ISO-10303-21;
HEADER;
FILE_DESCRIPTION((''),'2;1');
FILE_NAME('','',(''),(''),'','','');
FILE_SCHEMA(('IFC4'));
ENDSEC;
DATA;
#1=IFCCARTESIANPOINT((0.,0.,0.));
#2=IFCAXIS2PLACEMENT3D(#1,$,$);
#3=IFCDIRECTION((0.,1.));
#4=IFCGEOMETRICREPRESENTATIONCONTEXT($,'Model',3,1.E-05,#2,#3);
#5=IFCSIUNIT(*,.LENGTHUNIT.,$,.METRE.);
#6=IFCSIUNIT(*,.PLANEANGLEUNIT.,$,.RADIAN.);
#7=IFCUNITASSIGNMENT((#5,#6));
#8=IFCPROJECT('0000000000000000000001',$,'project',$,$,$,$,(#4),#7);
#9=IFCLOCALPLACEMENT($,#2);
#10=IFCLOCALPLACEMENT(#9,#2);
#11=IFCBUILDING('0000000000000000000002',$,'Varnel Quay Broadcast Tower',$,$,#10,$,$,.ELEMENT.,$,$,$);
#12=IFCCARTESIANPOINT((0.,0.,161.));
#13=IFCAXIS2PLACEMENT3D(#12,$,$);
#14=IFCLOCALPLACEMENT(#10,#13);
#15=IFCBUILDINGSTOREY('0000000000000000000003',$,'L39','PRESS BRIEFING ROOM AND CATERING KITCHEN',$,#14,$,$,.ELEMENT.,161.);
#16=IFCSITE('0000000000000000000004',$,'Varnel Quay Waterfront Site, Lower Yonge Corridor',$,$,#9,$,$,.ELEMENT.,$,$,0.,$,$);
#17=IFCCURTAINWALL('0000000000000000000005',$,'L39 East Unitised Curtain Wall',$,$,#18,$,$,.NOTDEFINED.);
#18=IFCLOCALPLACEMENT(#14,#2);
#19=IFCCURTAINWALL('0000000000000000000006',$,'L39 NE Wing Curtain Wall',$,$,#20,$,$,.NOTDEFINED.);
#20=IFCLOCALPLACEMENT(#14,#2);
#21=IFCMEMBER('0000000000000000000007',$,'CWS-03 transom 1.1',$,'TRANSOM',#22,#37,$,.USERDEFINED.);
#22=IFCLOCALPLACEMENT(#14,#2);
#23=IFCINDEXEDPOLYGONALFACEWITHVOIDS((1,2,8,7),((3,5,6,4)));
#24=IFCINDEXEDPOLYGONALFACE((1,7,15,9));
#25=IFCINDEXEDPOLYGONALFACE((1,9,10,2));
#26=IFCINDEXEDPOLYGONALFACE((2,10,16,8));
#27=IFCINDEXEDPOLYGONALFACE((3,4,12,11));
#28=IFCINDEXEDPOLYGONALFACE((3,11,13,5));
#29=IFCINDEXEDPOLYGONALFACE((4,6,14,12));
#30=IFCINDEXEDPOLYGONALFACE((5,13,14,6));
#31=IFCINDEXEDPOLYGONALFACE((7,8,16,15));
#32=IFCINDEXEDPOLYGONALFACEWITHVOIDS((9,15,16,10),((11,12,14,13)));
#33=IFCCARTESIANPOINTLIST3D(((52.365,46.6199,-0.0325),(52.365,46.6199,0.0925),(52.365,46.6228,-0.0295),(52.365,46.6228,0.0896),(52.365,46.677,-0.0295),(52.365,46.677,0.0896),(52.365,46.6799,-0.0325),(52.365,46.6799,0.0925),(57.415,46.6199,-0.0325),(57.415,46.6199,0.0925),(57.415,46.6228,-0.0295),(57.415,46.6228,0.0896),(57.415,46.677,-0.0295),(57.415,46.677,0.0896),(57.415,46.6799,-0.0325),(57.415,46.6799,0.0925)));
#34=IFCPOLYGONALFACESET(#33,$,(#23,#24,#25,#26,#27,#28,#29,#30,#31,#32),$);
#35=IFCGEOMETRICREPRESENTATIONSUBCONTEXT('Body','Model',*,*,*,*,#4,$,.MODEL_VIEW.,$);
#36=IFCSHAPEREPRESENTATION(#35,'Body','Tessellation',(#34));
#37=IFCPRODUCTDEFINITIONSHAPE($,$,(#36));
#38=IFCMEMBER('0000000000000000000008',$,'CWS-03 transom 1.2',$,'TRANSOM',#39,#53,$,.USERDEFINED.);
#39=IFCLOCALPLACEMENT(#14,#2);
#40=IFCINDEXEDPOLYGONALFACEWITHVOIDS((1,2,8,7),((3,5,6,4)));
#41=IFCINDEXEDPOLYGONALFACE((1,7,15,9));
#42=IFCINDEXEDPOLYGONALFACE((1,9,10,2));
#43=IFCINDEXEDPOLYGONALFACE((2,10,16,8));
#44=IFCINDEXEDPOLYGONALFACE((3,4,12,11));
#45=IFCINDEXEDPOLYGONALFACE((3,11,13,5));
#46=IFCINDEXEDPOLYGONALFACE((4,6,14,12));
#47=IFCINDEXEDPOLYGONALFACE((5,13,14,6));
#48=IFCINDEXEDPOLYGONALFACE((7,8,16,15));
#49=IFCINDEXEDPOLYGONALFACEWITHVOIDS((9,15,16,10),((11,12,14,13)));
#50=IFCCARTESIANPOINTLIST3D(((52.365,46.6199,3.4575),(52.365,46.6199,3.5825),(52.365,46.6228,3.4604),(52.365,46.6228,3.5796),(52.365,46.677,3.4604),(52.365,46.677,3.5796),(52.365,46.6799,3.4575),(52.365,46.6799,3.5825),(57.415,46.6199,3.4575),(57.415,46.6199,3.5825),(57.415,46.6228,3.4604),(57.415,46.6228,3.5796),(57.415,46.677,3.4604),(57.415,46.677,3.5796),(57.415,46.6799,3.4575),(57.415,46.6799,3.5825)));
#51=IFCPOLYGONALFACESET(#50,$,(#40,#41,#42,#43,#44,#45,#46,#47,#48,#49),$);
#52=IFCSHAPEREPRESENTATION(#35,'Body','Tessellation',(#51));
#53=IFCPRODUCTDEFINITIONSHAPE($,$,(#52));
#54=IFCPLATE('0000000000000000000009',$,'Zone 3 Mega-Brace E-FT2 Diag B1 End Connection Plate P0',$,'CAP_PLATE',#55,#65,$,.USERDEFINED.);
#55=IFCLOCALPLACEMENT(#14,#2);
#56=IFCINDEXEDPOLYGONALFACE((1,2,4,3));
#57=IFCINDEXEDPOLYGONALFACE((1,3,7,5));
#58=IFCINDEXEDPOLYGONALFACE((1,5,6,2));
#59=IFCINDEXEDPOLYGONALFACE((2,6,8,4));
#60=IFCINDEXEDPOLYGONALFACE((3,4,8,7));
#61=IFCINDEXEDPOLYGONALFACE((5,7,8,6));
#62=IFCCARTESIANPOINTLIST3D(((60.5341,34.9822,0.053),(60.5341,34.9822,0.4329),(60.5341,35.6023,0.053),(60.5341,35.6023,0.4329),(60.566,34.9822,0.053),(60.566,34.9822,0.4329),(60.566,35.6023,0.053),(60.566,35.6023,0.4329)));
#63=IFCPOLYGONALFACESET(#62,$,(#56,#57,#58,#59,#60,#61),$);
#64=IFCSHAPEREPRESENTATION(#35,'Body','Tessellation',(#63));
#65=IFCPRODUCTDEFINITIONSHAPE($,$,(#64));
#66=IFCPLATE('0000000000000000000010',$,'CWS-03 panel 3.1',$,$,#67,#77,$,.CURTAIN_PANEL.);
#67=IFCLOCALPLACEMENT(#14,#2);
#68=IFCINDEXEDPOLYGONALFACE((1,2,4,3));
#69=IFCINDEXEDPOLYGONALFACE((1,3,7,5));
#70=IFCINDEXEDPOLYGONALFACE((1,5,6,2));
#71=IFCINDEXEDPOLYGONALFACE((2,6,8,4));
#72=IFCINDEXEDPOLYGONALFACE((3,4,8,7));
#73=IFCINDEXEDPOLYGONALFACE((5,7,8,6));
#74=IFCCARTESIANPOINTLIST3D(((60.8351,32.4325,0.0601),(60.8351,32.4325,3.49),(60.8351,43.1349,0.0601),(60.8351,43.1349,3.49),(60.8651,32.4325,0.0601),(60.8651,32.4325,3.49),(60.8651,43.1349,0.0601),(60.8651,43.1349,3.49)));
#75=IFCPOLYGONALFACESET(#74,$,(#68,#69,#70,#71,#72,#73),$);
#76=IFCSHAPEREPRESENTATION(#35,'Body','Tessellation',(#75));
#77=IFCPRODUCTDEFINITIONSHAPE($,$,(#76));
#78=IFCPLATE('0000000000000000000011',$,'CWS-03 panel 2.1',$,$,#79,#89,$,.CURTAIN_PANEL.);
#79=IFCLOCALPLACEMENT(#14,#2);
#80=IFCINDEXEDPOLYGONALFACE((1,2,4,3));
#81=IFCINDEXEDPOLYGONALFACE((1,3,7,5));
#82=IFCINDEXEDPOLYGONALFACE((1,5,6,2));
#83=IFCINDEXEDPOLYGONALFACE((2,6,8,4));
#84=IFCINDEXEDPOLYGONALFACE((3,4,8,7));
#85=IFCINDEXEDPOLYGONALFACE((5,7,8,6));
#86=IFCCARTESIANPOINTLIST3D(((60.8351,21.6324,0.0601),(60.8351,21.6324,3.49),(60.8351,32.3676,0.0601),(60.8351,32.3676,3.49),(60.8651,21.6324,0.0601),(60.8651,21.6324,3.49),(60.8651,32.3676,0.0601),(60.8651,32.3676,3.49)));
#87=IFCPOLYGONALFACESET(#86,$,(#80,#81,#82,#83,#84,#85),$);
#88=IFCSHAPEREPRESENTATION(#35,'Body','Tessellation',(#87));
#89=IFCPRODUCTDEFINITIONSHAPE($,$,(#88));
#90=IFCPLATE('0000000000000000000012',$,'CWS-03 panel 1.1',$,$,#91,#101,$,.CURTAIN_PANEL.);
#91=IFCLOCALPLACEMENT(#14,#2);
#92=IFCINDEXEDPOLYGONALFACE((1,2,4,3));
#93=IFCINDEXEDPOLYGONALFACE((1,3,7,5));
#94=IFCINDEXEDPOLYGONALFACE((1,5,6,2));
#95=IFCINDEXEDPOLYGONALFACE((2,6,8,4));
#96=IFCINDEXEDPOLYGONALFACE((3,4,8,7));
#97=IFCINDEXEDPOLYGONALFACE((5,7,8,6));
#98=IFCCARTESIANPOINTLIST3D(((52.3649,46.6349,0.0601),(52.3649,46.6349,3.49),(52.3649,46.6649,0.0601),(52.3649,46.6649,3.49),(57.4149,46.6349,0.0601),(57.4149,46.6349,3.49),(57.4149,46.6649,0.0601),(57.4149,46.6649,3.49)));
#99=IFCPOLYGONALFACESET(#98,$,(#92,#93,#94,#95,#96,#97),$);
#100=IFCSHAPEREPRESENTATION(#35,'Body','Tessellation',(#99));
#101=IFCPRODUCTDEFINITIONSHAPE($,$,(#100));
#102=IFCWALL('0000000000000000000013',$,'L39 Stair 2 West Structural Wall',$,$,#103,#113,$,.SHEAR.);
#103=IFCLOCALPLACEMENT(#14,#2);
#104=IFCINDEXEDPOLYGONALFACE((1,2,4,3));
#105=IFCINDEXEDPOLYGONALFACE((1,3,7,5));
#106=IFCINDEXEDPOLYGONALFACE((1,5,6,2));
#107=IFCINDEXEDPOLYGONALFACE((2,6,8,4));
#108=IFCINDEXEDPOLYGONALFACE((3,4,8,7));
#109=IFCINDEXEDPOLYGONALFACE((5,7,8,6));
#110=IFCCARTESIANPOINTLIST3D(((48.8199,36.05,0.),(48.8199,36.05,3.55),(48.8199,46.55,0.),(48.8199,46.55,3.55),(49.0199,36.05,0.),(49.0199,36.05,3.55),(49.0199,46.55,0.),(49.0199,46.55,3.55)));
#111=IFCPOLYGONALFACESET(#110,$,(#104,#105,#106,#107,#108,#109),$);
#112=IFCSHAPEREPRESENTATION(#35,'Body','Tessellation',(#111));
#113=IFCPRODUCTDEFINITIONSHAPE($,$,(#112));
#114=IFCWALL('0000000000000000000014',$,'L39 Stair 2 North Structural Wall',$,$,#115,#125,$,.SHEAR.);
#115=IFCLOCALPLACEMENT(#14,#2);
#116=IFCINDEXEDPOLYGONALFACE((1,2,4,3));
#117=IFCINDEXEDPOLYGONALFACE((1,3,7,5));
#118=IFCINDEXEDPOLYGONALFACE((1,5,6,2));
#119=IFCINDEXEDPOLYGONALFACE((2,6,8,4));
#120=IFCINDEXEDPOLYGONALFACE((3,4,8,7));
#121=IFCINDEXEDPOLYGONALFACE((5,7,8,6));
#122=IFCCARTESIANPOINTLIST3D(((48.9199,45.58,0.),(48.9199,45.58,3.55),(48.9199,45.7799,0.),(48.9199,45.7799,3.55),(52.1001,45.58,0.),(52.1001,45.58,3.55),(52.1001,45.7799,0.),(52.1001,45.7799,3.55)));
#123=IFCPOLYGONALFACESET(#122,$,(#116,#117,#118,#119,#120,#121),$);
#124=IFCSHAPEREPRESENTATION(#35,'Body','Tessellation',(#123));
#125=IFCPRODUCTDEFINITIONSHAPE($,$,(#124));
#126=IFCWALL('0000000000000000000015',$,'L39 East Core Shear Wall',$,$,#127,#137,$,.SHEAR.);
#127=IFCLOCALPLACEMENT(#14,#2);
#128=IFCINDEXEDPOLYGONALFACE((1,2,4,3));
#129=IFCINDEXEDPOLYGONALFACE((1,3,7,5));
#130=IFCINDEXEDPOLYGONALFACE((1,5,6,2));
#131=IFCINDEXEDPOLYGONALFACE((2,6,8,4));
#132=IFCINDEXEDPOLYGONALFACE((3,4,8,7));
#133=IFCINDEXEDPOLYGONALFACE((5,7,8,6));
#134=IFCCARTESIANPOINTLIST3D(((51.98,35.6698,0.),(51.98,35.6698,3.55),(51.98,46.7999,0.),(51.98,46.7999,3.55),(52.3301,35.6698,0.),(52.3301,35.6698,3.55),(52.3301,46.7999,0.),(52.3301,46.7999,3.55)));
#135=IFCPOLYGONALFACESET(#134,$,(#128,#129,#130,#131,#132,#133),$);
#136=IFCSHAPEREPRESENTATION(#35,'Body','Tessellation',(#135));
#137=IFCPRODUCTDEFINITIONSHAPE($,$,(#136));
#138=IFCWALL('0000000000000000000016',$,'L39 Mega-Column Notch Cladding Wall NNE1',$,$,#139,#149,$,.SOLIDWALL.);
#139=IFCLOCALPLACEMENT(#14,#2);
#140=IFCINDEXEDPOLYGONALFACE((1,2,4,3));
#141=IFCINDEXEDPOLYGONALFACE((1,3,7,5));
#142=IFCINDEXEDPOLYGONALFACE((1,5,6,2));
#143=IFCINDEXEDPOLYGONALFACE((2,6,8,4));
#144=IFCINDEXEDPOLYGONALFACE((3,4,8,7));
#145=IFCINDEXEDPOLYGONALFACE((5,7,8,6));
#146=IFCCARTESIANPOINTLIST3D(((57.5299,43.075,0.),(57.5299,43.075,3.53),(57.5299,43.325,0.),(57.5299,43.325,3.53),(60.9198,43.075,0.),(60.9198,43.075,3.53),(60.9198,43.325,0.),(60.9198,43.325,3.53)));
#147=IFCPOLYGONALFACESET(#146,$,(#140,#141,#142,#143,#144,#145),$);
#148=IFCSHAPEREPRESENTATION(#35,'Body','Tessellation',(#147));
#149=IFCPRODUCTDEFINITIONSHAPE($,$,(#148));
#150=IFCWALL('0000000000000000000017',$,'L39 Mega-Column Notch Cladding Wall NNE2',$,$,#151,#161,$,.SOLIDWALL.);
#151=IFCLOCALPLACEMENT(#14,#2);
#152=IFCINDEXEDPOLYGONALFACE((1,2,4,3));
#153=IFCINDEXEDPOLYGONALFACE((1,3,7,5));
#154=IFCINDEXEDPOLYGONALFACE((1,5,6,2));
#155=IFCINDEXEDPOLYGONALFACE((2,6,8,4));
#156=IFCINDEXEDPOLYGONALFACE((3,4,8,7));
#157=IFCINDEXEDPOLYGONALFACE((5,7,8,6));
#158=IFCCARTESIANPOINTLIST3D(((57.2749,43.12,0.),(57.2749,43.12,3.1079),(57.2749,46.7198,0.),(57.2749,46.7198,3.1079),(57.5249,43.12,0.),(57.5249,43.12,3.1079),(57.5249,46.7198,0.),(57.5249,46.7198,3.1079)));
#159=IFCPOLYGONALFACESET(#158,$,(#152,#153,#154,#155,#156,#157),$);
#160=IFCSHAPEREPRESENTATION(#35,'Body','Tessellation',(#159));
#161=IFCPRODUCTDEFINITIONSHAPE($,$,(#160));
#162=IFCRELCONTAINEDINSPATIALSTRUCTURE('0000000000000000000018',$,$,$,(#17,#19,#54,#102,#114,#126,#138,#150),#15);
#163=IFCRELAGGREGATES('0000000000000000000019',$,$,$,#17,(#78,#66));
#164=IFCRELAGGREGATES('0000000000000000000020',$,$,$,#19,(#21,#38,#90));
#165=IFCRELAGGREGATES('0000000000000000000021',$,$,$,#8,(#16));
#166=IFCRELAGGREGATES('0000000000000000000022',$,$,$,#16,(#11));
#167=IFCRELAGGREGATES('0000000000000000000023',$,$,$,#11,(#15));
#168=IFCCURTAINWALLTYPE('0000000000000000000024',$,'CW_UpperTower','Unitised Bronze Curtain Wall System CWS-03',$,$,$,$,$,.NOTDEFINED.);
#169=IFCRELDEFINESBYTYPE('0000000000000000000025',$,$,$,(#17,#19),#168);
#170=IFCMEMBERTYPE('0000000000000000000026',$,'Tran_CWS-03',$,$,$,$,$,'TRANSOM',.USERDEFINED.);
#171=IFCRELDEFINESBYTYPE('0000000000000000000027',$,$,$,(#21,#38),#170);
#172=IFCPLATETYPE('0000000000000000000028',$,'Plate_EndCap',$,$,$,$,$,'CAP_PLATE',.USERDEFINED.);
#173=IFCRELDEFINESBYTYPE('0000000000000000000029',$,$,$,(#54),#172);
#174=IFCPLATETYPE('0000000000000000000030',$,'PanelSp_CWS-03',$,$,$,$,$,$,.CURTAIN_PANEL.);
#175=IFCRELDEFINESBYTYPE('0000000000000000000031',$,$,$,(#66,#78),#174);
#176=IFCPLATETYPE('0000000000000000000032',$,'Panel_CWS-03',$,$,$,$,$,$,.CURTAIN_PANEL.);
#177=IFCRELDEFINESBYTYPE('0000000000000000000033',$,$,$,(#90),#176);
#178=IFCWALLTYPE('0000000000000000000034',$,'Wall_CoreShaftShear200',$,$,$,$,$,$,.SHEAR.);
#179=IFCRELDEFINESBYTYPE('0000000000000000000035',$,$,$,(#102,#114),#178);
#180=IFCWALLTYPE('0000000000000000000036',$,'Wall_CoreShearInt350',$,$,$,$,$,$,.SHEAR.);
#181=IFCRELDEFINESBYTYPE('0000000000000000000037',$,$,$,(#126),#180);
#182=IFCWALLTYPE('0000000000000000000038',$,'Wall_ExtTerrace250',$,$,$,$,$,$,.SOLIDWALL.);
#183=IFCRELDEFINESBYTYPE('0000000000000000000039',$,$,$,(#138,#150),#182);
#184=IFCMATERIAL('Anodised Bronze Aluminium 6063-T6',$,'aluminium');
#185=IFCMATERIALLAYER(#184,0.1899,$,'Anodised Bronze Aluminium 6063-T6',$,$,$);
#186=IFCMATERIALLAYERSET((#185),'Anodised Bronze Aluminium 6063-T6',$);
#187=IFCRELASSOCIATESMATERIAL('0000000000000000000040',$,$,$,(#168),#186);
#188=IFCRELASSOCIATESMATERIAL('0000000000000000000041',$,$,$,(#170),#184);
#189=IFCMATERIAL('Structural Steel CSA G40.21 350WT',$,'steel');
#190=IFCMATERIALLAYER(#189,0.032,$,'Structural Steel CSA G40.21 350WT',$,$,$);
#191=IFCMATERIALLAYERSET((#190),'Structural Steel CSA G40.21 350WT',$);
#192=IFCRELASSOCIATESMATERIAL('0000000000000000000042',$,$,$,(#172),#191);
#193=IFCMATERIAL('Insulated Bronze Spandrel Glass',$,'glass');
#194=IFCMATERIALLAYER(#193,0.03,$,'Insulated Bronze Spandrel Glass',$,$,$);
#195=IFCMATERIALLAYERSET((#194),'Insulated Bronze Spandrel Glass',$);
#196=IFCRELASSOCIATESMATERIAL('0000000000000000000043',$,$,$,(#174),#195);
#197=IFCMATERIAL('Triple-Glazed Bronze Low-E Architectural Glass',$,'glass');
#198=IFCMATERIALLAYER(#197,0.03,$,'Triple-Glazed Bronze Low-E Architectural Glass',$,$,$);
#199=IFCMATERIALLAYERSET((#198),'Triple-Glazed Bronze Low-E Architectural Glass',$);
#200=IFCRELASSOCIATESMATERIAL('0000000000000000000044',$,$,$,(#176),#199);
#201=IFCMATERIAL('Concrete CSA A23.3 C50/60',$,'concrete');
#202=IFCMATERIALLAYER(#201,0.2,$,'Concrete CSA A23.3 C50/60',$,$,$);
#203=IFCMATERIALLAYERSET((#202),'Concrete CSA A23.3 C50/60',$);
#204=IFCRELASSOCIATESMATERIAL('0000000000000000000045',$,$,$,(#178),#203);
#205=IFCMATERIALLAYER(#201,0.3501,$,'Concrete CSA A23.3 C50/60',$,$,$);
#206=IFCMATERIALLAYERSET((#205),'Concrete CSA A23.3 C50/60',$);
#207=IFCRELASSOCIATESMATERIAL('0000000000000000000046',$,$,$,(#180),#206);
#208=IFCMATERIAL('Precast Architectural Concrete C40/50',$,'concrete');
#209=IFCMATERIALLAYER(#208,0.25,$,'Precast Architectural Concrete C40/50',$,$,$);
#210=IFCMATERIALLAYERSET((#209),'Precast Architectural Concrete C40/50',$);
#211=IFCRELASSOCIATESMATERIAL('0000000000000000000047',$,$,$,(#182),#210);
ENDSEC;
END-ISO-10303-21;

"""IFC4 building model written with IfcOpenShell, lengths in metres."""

from ifc_helpers import new_model, si_unit, direction, frame, frame_2d, origin, origin_2d, place, context, subcontext, project, spatial, rectangle, hollow_rectangle, extrude, source, transform, mapped, material, layer, layer_set, material_profile, profile_set, type_object, type_shapes, element, aggregate, save


model = new_model("IFC4")

# Units and contexts
model_context = context("Model", 3, precision=1e-05, world=origin(), true_north=direction((0.0, 1.0)))
body_context = subcontext(model_context, "Body", "Model", "MODEL_VIEW")
ifc_project = project(units=[si_unit("LENGTHUNIT", "METRE"), si_unit("PLANEANGLEUNIT", "RADIAN")], contexts=[model_context])

# Site, building, storey
site_placement = place(None, origin())
site = spatial("IfcSite", under=ifc_project, at=site_placement, Name="Varnel Quay Waterfront Site, Lower Yonge Corridor", CompositionType="ELEMENT", RefElevation=0.0)
building_placement = place(site_placement, origin())
building = spatial("IfcBuilding", under=site, at=building_placement, Name="Varnel Quay Broadcast Tower", CompositionType="ELEMENT")
storey_placement = place(building_placement, frame((0.0, 0.0, 161.0)))
storey = spatial("IfcBuildingStorey", under=building, at=storey_placement, Name="L39", Description="PRESS BRIEFING ROOM AND CATERING KITCHEN", CompositionType="ELEMENT", Elevation=161.0)

# Shared definitions
ifc_material_1 = material(Name="Structural Steel CSA G40.21 350WT", Category="steel")

# Curtain walls
ifc_material_2 = material(Name="Anodised Bronze Aluminium 6063-T6", Category="aluminium")
ifc_layer_1 = layer(ifc_material_2, 0.1899, Name="Anodised Bronze Aluminium 6063-T6")
ifc_layer_set_1 = layer_set([ifc_layer_1], Name="Anodised Bronze Aluminium 6063-T6")
curtain_wall_type = type_object("IfcCurtainWallType", Name="CW_UpperTower", Description="Unitised Bronze Curtain Wall System CWS-03", PredefinedType="NOTDEFINED", material=ifc_layer_set_1)
curtain_wall_1_placement = place(storey_placement, origin())
curtain_wall_1 = element("IfcCurtainWall", 1, at=curtain_wall_1_placement, inside=storey, type_object=curtain_wall_type, Name="L39 East Unitised Curtain Wall", PredefinedType="NOTDEFINED")
curtain_wall_2_placement = place(storey_placement, origin())
curtain_wall_2 = element("IfcCurtainWall", 2, at=curtain_wall_2_placement, inside=storey, type_object=curtain_wall_type, Name="L39 NE Wing Curtain Wall", PredefinedType="NOTDEFINED")

# Members
ifc_material_profile_1 = material_profile(ifc_material_2, hollow_rectangle(XDim=0.0601, YDim=0.125, WallThickness=0.0029, at=origin_2d()), Name="ALU60X125X3")
ifc_profile_set_1 = profile_set([ifc_material_profile_1], Name="Anodised Bronze Aluminium 6063-T6")
member_type_1 = type_object("IfcMemberType", Name="Tran_CWS-03", ElementType="TRANSOM", PredefinedType="USERDEFINED", material=ifc_profile_set_1)
shared_shape_1 = source(origin(), body_context, "Body", "SweptSolid", [
    extrude(hollow_rectangle(XDim=0.0601, YDim=0.125, WallThickness=0.0029, at=origin_2d()), origin(), (0.0, 0.0, 1.0), 5.05),
])
member_1_placement = place(storey_placement, frame((52.365, 46.6499, 0.03), z_axis=(1.0, 0.0, 0.0), x_axis=(0.0, 1.0, 0.0)))
member_1 = element("IfcMember", 3, at=member_1_placement, type_object=member_type_1, Name="CWS-03 transom 1.1", ObjectType="TRANSOM", PredefinedType="USERDEFINED", context=body_context, shape_type="MappedRepresentation", body=[
    mapped(shared_shape_1, transform((0.0, 0.0, 0.0), x_axis=(1.0, 0.0, 0.0), y_axis=(0.0, 1.0, 0.0), z_axis=(0.0, 0.0, 1.0), scale=1.0)),
])
member_2_placement = place(storey_placement, frame((52.365, 46.6499, 3.52), z_axis=(1.0, 0.0, 0.0), x_axis=(0.0, 1.0, 0.0)))
member_2 = element("IfcMember", 4, at=member_2_placement, type_object=member_type_1, Name="CWS-03 transom 1.2", ObjectType="TRANSOM", PredefinedType="USERDEFINED", context=body_context, shape_type="MappedRepresentation", body=[
    mapped(shared_shape_1, transform((0.0, 0.0, 0.0), x_axis=(1.0, 0.0, 0.0), y_axis=(0.0, 1.0, 0.0), z_axis=(0.0, 0.0, 1.0), scale=1.0)),
])

# Plates
ifc_layer_2 = layer(ifc_material_1, 0.032, Name="Structural Steel CSA G40.21 350WT")
ifc_layer_set_2 = layer_set([ifc_layer_2], Name="Structural Steel CSA G40.21 350WT")
plate_type_1 = type_object("IfcPlateType", Name="Plate_EndCap", ElementType="CAP_PLATE", PredefinedType="USERDEFINED", material=ifc_layer_set_2)
shared_shape_2 = source(origin(), body_context, "Body", "SweptSolid", [
    extrude(rectangle(XDim=0.6201, YDim=0.032, at=origin_2d()), origin(), (0.0, 0.0, 1.0), 0.3799),
])
type_shapes(plate_type_1, [shared_shape_2])
plate_1_placement = place(storey_placement, frame((60.55, 35.2922, 0.053), z_axis=(0.0, 0.0, 1.0), x_axis=(0.0, 1.0, 0.0)))
element("IfcPlate", 5, at=plate_1_placement, inside=storey, type_object=plate_type_1, Name="Zone 3 Mega-Brace E-FT2 Diag B1 End Connection Plate P0", ObjectType="CAP_PLATE", PredefinedType="USERDEFINED", context=body_context, shape_type="MappedRepresentation", body=[
    mapped(shared_shape_2, transform((0.0, 0.0, 0.0), x_axis=(1.0, 0.0, 0.0), y_axis=(0.0, 1.0, 0.0), z_axis=(0.0, 0.0, 1.0), scale=1.0)),
])
ifc_material_3 = material(Name="Insulated Bronze Spandrel Glass", Category="glass")
ifc_layer_3 = layer(ifc_material_3, 0.03, Name="Insulated Bronze Spandrel Glass")
ifc_layer_set_3 = layer_set([ifc_layer_3], Name="Insulated Bronze Spandrel Glass")
plate_type_2 = type_object("IfcPlateType", Name="PanelSp_CWS-03", PredefinedType="CURTAIN_PANEL", material=ifc_layer_set_3)
shared_shape_3 = source(origin(), body_context, "Body", "SweptSolid", [
    extrude(rectangle(XDim=10.7024, YDim=0.03, at=origin_2d()), origin(), (0.0, 0.0, 1.0), 3.4299),
])
plate_2_placement = place(storey_placement, frame((60.8501, 37.7837, 0.0601), z_axis=(0.0, 0.0, 1.0), x_axis=(0.0, 1.0, 0.0)))
plate_2 = element("IfcPlate", 6, at=plate_2_placement, type_object=plate_type_2, Name="CWS-03 panel 3.1", PredefinedType="CURTAIN_PANEL", context=body_context, shape_type="MappedRepresentation", body=[
    mapped(shared_shape_3, transform((0.0, 0.0, 0.0), x_axis=(1.0, 0.0, 0.0), y_axis=(0.0, 1.0, 0.0), z_axis=(0.0, 0.0, 1.0), scale=1.0)),
])
shared_shape_4 = source(origin(), body_context, "Body", "SweptSolid", [
    extrude(rectangle(XDim=10.7351, YDim=0.03, at=origin_2d()), origin(), (0.0, 0.0, 1.0), 3.4299),
])
type_shapes(plate_type_2, [shared_shape_3, shared_shape_4])
plate_3_placement = place(storey_placement, frame((60.8501, 27.0, 0.0601), z_axis=(0.0, 0.0, 1.0), x_axis=(0.0, 1.0, 0.0)))
plate_3 = element("IfcPlate", 7, at=plate_3_placement, type_object=plate_type_2, Name="CWS-03 panel 2.1", PredefinedType="CURTAIN_PANEL", context=body_context, shape_type="MappedRepresentation", body=[
    mapped(shared_shape_4, transform((0.0, 0.0, 0.0), x_axis=(1.0, 0.0, 0.0), y_axis=(0.0, 1.0, 0.0), z_axis=(0.0, 0.0, 1.0), scale=1.0)),
])
aggregate(curtain_wall_1, [plate_3, plate_2])
ifc_material_4 = material(Name="Triple-Glazed Bronze Low-E Architectural Glass", Category="glass")
ifc_layer_4 = layer(ifc_material_4, 0.03, Name="Triple-Glazed Bronze Low-E Architectural Glass")
ifc_layer_set_4 = layer_set([ifc_layer_4], Name="Triple-Glazed Bronze Low-E Architectural Glass")
plate_type_3 = type_object("IfcPlateType", Name="Panel_CWS-03", PredefinedType="CURTAIN_PANEL", material=ifc_layer_set_4)
shared_shape_5 = source(origin(), body_context, "Body", "SweptSolid", [
    extrude(rectangle(XDim=5.05, YDim=0.03, at=origin_2d()), origin(), (0.0, 0.0, 1.0), 3.4299),
])
type_shapes(plate_type_3, [shared_shape_5])
plate_4_placement = place(storey_placement, frame((54.8899, 46.6499, 0.0601), z_axis=(0.0, 0.0, 1.0), x_axis=(1.0, 0.0, 0.0)))
plate_4 = element("IfcPlate", 8, at=plate_4_placement, type_object=plate_type_3, Name="CWS-03 panel 1.1", PredefinedType="CURTAIN_PANEL", context=body_context, shape_type="MappedRepresentation", body=[
    mapped(shared_shape_5, transform((0.0, 0.0, 0.0), x_axis=(1.0, 0.0, 0.0), y_axis=(0.0, 1.0, 0.0), z_axis=(0.0, 0.0, 1.0), scale=1.0)),
])
aggregate(curtain_wall_2, [member_1, member_2, plate_4])

# Walls
ifc_material_5 = material(Name="Concrete CSA A23.3 C50/60", Category="concrete")
ifc_layer_5 = layer(ifc_material_5, 0.2, Name="Concrete CSA A23.3 C50/60")
ifc_layer_set_5 = layer_set([ifc_layer_5], Name="Concrete CSA A23.3 C50/60")
wall_type_1 = type_object("IfcWallType", Name="Wall_CoreShaftShear200", PredefinedType="SHEAR", material=ifc_layer_set_5)
wall_1_placement = place(storey_placement, frame((48.9199, 36.05, 0.0), z_axis=(0.0, 0.0, 1.0), x_axis=(0.0, 1.0, 0.0)))
element("IfcWall", 9, at=wall_1_placement, inside=storey, type_object=wall_type_1, Name="L39 Stair 2 West Structural Wall", PredefinedType="SHEAR", context=body_context, shape_type="SweptSolid", body=[
    extrude(rectangle(XDim=10.5, YDim=0.2, at=frame_2d((5.25, 0.0))), origin(), (0.0, 0.0, 1.0), 3.55),
])
wall_2_placement = place(storey_placement, frame((48.9199, 45.6799, 0.0), z_axis=(0.0, 0.0, 1.0), x_axis=(1.0, 0.0, 0.0)))
element("IfcWall", 10, at=wall_2_placement, inside=storey, type_object=wall_type_1, Name="L39 Stair 2 North Structural Wall", PredefinedType="SHEAR", context=body_context, shape_type="SweptSolid", body=[
    extrude(rectangle(XDim=3.1802, YDim=0.2, at=frame_2d((1.5901, 0.0))), origin(), (0.0, 0.0, 1.0), 3.55),
])
ifc_layer_6 = layer(ifc_material_5, 0.3501, Name="Concrete CSA A23.3 C50/60")
ifc_layer_set_6 = layer_set([ifc_layer_6], Name="Concrete CSA A23.3 C50/60")
wall_type_2 = type_object("IfcWallType", Name="Wall_CoreShearInt350", PredefinedType="SHEAR", material=ifc_layer_set_6)
wall_3_placement = place(storey_placement, frame((52.155, 35.6699, 0.0), z_axis=(0.0, 0.0, 1.0), x_axis=(0.0, 1.0, 0.0)))
element("IfcWall", 11, at=wall_3_placement, inside=storey, type_object=wall_type_2, Name="L39 East Core Shear Wall", PredefinedType="SHEAR", context=body_context, shape_type="SweptSolid", body=[
    extrude(rectangle(XDim=11.1301, YDim=0.3501, at=frame_2d((5.5649, 0.0))), origin(), (0.0, 0.0, 1.0), 3.55),
])
ifc_material_6 = material(Name="Precast Architectural Concrete C40/50", Category="concrete")
ifc_layer_7 = layer(ifc_material_6, 0.25, Name="Precast Architectural Concrete C40/50")
ifc_layer_set_7 = layer_set([ifc_layer_7], Name="Precast Architectural Concrete C40/50")
wall_type_3 = type_object("IfcWallType", Name="Wall_ExtTerrace250", PredefinedType="SOLIDWALL", material=ifc_layer_set_7)
wall_4_placement = place(storey_placement, frame((57.53, 43.2, 0.0), z_axis=(0.0, 0.0, 1.0), x_axis=(1.0, 0.0, 0.0)))
element("IfcWall", 12, at=wall_4_placement, inside=storey, type_object=wall_type_3, Name="L39 Mega-Column Notch Cladding Wall NNE1", PredefinedType="SOLIDWALL", context=body_context, shape_type="SweptSolid", body=[
    extrude(rectangle(XDim=3.3899, YDim=0.25, at=frame_2d((1.6948, 0.0))), origin(), (0.0, 0.0, 1.0), 3.53),
])
wall_5_placement = place(storey_placement, frame((57.3999, 43.1201, 0.0), z_axis=(0.0, 0.0, 1.0), x_axis=(0.0, 1.0, 0.0)))
element("IfcWall", 13, at=wall_5_placement, inside=storey, type_object=wall_type_3, Name="L39 Mega-Column Notch Cladding Wall NNE2", PredefinedType="SOLIDWALL", context=body_context, shape_type="SweptSolid", body=[
    extrude(rectangle(XDim=3.5999, YDim=0.25, at=frame_2d((1.7998, 0.0))), origin(), (0.0, 0.0, 1.0), 3.1079),
])

save(model, "model.ifc")
